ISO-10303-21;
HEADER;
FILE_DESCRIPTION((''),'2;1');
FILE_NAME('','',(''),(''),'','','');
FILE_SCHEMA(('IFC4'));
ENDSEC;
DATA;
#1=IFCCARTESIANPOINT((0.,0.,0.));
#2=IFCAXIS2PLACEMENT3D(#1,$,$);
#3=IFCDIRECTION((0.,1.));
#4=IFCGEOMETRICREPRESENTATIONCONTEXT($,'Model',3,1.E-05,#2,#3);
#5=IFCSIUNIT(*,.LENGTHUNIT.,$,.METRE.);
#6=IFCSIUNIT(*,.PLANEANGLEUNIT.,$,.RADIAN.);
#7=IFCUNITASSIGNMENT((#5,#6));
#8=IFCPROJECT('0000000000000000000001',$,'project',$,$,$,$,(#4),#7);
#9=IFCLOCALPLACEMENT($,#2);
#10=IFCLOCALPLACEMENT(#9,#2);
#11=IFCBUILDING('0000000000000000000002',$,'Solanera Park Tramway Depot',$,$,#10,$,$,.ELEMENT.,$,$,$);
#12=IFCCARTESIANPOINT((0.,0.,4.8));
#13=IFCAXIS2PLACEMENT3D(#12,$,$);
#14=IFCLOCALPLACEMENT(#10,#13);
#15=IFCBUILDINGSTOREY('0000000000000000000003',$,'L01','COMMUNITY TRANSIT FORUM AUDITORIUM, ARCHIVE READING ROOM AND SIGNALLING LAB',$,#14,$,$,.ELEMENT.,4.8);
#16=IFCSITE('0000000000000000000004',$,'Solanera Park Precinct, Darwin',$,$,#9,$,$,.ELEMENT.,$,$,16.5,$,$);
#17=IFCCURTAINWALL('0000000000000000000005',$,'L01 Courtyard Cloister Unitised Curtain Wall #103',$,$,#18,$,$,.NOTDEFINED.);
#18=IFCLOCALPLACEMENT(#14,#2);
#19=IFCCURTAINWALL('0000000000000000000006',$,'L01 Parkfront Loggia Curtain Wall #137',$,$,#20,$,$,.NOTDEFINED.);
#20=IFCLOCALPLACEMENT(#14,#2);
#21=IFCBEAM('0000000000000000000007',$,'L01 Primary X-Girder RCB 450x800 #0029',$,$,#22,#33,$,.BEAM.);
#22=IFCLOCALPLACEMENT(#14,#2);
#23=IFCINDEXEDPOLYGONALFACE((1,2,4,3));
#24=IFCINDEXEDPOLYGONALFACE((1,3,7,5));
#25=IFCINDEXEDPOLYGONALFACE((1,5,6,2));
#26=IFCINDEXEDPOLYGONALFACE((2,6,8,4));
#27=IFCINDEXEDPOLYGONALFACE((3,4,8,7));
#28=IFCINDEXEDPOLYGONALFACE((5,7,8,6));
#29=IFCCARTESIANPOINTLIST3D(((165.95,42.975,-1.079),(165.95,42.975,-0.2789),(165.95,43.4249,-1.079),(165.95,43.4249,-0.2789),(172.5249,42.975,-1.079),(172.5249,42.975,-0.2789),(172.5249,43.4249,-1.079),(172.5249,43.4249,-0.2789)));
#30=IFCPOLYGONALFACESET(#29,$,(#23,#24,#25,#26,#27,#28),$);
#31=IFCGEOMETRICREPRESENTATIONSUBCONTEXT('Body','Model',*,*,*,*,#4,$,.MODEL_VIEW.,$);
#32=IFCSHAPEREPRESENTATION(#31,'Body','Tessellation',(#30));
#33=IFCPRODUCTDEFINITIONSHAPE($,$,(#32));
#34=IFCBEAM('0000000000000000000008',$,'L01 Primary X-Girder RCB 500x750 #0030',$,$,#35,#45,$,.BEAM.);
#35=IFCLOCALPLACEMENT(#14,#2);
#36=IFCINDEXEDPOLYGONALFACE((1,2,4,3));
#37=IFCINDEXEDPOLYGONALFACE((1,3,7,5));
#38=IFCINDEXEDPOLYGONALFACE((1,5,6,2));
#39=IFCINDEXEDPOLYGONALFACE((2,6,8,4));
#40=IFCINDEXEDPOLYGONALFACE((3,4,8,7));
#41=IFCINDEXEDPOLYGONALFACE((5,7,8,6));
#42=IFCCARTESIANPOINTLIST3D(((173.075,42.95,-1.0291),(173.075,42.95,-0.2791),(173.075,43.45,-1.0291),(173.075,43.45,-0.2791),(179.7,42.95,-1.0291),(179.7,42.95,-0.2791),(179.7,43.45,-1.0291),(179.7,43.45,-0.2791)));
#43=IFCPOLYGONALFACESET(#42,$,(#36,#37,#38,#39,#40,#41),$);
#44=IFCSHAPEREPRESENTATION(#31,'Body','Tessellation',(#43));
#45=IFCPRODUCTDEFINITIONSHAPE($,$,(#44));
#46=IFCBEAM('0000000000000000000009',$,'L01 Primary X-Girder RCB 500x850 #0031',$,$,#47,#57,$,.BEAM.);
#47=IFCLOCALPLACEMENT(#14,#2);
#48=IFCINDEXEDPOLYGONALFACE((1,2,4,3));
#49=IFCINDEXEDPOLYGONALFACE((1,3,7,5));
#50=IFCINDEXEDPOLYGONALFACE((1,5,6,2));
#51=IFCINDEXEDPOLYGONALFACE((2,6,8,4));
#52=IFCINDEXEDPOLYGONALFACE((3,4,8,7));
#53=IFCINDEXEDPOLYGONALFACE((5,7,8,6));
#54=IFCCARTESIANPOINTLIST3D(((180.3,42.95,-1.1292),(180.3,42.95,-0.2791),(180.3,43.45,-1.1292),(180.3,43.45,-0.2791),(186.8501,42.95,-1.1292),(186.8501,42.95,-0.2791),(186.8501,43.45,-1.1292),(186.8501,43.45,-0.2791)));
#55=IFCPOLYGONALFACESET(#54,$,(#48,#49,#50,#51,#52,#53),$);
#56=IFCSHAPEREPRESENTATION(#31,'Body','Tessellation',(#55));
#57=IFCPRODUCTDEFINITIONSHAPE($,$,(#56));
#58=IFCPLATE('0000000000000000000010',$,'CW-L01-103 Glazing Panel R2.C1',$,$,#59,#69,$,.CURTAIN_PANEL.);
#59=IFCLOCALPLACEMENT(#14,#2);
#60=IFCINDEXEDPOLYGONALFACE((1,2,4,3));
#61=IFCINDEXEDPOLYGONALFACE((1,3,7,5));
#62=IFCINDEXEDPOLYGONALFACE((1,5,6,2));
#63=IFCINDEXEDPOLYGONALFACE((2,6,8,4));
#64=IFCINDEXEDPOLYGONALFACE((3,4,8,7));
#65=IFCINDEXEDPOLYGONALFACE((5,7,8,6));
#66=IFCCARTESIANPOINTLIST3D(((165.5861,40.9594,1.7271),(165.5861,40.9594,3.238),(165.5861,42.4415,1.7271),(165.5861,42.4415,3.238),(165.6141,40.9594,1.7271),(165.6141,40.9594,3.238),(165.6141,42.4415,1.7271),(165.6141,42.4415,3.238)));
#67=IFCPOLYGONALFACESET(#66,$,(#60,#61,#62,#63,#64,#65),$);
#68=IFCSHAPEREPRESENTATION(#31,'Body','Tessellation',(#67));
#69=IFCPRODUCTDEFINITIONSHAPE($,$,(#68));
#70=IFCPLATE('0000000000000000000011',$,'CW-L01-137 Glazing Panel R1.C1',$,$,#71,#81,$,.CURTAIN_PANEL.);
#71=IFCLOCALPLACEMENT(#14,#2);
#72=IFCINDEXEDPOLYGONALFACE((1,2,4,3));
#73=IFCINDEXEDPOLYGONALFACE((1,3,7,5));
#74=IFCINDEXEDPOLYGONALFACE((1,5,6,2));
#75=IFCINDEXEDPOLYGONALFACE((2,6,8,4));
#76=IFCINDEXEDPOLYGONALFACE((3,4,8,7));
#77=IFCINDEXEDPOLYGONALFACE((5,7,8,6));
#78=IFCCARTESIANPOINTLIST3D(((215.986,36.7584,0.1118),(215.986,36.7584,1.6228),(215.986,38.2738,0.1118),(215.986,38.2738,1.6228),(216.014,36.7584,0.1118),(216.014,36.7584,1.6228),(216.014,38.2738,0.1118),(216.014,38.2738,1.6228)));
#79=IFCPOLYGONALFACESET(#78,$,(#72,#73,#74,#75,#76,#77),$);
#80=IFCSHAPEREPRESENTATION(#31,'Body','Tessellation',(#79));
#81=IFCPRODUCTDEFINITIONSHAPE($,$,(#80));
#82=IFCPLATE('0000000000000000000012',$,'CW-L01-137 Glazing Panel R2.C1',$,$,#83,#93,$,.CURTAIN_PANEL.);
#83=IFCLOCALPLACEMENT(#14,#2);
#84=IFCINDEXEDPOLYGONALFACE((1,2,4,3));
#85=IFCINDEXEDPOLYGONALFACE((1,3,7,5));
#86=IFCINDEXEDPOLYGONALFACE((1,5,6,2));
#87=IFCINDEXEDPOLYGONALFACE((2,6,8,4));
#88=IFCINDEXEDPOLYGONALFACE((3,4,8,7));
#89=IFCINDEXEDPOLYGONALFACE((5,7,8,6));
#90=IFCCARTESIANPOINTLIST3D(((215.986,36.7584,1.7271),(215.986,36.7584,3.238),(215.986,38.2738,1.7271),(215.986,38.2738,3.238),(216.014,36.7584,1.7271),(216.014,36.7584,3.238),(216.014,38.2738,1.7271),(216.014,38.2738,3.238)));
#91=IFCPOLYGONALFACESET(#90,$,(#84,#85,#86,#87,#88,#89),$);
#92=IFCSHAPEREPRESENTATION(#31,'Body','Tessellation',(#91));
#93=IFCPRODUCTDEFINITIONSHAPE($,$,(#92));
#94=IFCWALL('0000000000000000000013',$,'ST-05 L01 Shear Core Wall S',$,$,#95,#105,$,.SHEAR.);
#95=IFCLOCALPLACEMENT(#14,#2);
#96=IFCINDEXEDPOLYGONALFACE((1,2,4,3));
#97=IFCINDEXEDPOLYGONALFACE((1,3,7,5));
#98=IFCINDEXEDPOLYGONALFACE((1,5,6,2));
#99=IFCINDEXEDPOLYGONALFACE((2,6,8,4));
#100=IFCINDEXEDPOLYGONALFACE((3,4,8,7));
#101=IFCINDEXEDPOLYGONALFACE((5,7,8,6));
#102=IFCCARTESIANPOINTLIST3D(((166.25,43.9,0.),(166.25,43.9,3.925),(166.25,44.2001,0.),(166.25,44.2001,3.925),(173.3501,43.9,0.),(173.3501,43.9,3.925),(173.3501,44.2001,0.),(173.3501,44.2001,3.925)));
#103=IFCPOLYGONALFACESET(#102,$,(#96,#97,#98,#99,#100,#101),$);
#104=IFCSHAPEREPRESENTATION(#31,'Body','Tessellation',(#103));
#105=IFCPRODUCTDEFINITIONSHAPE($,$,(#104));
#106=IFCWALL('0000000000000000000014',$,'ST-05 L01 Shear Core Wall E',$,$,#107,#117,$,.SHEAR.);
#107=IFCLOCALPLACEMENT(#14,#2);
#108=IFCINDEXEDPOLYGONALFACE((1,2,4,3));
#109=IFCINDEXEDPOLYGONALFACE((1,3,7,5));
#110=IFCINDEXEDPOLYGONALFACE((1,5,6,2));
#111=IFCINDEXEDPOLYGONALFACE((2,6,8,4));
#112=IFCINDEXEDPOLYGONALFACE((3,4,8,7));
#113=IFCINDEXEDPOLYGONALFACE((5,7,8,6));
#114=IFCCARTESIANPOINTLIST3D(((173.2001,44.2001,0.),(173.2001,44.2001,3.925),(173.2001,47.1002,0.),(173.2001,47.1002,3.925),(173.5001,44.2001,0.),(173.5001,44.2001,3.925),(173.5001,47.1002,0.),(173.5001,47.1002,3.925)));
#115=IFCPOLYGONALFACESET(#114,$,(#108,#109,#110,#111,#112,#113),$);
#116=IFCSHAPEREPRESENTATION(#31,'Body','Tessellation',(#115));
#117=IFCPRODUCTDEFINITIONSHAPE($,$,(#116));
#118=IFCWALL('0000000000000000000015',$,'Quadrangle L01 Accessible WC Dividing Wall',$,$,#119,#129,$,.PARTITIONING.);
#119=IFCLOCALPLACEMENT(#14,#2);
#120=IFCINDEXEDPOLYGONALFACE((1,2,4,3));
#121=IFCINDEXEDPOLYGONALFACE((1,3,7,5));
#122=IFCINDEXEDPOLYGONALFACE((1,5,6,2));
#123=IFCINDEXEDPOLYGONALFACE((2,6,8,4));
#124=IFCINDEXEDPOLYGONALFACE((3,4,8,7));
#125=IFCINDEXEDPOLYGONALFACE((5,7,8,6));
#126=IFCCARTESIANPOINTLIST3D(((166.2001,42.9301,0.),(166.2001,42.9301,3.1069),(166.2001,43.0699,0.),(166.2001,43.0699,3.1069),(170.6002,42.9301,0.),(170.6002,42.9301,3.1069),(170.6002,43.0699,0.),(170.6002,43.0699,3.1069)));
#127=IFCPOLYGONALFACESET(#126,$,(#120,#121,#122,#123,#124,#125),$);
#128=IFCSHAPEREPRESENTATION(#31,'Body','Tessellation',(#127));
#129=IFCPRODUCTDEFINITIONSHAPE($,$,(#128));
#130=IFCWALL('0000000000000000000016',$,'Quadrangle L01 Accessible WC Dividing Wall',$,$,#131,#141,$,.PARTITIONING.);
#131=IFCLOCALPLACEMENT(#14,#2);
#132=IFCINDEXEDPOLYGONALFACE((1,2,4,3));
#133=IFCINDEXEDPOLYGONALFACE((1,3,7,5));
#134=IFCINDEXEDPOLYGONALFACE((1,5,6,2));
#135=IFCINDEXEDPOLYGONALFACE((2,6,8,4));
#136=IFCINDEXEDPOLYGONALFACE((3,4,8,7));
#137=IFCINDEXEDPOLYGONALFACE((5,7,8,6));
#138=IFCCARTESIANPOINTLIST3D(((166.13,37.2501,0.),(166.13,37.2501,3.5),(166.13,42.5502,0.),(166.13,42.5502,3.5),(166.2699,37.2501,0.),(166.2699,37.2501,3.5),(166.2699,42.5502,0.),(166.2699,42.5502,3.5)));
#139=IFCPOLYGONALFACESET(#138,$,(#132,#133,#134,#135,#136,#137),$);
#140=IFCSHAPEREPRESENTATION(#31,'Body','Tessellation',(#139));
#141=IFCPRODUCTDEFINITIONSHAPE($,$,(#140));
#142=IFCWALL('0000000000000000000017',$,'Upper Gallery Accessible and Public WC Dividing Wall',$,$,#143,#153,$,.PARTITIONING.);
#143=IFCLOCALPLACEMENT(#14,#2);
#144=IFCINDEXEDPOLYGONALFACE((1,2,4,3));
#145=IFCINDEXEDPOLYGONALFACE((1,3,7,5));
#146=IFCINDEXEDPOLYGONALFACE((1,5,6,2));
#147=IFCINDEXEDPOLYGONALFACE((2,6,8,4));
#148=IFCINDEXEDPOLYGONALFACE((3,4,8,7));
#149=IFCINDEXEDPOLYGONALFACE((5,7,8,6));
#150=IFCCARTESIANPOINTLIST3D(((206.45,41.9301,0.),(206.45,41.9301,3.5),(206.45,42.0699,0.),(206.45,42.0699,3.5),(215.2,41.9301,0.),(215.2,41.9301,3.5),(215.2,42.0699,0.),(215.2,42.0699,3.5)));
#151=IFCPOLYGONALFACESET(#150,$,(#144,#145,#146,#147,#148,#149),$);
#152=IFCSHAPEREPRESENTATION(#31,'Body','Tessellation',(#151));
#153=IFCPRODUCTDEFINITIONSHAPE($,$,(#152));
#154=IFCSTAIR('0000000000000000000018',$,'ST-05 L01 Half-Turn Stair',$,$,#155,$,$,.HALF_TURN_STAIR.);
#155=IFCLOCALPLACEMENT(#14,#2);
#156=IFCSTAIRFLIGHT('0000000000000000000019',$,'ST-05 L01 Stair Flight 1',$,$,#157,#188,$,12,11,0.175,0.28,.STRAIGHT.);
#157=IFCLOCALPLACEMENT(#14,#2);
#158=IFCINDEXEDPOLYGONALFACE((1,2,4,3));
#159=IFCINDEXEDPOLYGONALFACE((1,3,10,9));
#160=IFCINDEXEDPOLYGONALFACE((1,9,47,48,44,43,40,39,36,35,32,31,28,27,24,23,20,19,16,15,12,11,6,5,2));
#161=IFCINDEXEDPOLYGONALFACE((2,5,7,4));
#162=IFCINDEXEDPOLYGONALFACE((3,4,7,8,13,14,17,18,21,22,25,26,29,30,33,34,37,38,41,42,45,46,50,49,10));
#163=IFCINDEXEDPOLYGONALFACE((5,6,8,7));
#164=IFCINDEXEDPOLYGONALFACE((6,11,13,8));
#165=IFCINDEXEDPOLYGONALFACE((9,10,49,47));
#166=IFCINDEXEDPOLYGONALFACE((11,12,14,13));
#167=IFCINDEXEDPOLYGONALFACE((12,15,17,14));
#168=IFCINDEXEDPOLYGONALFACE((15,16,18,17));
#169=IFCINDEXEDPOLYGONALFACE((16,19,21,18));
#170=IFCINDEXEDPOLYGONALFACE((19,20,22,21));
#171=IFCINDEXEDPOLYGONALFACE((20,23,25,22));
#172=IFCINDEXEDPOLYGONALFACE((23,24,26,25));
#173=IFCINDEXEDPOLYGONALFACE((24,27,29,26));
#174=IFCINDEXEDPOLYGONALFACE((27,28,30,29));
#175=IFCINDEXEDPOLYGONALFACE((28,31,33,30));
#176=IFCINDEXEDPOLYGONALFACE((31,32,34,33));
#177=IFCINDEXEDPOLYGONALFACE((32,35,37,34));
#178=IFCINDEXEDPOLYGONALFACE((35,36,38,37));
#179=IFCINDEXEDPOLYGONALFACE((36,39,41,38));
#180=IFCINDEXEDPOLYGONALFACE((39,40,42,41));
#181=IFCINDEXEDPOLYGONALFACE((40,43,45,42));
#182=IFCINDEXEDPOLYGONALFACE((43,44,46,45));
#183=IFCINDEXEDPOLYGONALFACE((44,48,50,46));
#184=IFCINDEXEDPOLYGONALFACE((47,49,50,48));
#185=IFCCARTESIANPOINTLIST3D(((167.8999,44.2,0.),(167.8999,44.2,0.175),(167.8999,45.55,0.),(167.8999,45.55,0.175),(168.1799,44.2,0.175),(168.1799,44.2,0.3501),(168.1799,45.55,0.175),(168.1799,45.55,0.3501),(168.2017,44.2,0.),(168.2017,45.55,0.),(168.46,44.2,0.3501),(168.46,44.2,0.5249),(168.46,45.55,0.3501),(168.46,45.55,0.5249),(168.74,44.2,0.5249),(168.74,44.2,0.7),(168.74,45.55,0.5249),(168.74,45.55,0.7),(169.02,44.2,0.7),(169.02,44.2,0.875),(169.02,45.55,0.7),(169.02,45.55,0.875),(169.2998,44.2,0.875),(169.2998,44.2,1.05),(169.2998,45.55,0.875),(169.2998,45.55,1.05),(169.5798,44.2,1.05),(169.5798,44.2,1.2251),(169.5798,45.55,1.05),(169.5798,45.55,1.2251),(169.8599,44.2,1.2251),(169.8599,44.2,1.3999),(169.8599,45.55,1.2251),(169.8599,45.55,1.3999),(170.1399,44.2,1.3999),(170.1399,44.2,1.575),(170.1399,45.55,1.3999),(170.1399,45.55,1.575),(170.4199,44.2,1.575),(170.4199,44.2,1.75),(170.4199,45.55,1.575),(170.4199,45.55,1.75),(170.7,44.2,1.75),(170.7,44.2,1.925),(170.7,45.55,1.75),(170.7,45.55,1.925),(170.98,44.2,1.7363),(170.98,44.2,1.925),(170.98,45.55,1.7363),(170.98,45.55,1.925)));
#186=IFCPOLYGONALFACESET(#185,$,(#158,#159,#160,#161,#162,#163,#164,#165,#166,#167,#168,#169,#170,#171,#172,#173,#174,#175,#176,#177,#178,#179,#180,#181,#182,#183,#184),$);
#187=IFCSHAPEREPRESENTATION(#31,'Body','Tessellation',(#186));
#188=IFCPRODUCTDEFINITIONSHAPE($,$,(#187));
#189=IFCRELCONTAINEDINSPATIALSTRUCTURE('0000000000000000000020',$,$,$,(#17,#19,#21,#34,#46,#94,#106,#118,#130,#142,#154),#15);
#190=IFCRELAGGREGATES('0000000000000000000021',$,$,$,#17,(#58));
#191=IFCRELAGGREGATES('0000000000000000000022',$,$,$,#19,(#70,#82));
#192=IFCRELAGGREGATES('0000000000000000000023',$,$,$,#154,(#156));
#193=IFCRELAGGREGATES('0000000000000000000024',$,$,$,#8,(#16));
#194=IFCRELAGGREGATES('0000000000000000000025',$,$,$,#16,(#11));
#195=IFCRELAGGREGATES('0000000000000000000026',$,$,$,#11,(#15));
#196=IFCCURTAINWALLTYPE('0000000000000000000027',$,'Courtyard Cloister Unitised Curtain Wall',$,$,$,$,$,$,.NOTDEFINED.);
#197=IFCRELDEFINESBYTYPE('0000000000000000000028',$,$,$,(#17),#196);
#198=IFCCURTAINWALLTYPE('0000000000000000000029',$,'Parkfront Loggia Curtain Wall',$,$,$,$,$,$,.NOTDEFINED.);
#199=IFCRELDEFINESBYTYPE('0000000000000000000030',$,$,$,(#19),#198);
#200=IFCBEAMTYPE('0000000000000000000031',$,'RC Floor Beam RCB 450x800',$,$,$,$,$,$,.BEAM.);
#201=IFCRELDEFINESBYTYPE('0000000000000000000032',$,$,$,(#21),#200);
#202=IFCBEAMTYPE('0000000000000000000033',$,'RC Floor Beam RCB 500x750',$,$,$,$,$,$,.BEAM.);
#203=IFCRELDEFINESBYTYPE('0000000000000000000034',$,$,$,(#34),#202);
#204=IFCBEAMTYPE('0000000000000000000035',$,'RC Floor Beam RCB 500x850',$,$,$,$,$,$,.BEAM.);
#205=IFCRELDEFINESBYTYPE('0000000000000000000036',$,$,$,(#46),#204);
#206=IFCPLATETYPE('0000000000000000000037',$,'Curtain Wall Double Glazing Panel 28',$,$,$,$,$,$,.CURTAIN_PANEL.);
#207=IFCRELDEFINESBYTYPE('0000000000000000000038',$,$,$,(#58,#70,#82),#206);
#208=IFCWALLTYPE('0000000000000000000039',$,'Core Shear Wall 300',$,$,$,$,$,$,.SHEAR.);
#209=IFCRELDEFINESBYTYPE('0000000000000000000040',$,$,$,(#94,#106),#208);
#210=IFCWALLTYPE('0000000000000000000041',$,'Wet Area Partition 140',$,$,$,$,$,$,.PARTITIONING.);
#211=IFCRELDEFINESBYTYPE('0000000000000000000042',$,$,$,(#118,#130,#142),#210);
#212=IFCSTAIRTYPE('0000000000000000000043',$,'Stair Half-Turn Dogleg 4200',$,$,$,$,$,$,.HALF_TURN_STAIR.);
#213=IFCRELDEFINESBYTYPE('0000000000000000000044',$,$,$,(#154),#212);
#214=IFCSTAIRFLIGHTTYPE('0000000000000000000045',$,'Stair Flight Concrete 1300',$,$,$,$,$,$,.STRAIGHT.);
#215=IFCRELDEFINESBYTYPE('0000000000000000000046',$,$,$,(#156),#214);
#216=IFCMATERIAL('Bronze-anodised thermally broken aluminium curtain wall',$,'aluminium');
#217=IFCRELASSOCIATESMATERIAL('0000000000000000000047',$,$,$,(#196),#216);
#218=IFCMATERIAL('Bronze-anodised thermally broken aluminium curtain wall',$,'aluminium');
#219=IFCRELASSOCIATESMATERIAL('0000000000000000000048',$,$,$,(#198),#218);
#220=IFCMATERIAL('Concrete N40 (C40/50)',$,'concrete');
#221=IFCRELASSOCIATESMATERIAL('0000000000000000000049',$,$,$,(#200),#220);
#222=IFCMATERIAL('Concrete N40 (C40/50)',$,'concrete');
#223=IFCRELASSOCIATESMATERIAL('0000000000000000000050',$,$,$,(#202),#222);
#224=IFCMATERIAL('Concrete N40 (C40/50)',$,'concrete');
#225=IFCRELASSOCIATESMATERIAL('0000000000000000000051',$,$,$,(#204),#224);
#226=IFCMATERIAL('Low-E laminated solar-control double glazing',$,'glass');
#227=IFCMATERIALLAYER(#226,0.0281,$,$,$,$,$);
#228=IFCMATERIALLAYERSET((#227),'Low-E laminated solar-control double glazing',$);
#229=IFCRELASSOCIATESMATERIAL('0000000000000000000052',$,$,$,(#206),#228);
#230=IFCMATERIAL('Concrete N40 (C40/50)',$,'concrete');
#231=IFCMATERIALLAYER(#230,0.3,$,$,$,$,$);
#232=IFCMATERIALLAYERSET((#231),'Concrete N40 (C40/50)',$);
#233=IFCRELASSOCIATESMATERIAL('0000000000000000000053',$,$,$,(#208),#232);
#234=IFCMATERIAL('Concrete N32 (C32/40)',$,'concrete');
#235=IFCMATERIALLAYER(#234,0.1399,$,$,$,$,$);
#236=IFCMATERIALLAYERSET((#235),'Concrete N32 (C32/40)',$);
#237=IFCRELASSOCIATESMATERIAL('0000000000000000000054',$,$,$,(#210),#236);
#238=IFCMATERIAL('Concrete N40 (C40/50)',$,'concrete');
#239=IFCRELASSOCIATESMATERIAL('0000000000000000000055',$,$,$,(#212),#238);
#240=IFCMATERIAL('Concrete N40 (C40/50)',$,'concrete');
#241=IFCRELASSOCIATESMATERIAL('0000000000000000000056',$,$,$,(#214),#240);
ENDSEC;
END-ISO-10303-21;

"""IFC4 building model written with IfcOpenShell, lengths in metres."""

from ifc_helpers import new_model, si_unit, direction, frame, frame_2d, origin, origin_2d, place, context, subcontext, project, spatial, polyline, rectangle, outline, extrude, material, layer, layer_set, material_profile, profile_set, type_object, element, aggregate, save


model = new_model("IFC4")

# Units and contexts
model_context = context("Model", 3, precision=1e-05, world=origin(), true_north=direction((0.0, 1.0)))
body_context = subcontext(model_context, "Body", "Model", "MODEL_VIEW")
ifc_project = project(units=[si_unit("LENGTHUNIT", "METRE"), si_unit("PLANEANGLEUNIT", "RADIAN")], contexts=[model_context])

# Site, building, storey
site_placement = place(None, origin())
site = spatial("IfcSite", under=ifc_project, at=site_placement, Name="Solanera Park Precinct, Darwin", CompositionType="ELEMENT", RefElevation=16.5)
building_placement = place(site_placement, origin())
building = spatial("IfcBuilding", under=site, at=building_placement, Name="Solanera Park Tramway Depot", CompositionType="ELEMENT")
storey_placement = place(building_placement, frame((0.0, 0.0, 4.8)))
storey = spatial("IfcBuildingStorey", under=building, at=storey_placement, Name="L01", Description="COMMUNITY TRANSIT FORUM AUDITORIUM, ARCHIVE READING ROOM AND SIGNALLING LAB", CompositionType="ELEMENT", Elevation=4.8)

# Curtain walls
ifc_material_1 = material(Name="Bronze-anodised thermally broken aluminium curtain wall", Category="aluminium")
curtain_wall_type_1 = type_object("IfcCurtainWallType", Name="Courtyard Cloister Unitised Curtain Wall", PredefinedType="NOTDEFINED", material=ifc_material_1)
curtain_wall_1_placement = place(storey_placement, origin())
curtain_wall_1 = element("IfcCurtainWall", 1, at=curtain_wall_1_placement, inside=storey, type_object=curtain_wall_type_1, Name="L01 Courtyard Cloister Unitised Curtain Wall #103", PredefinedType="NOTDEFINED")
ifc_material_2 = material(Name="Bronze-anodised thermally broken aluminium curtain wall", Category="aluminium")
curtain_wall_type_2 = type_object("IfcCurtainWallType", Name="Parkfront Loggia Curtain Wall", PredefinedType="NOTDEFINED", material=ifc_material_2)
curtain_wall_2_placement = place(storey_placement, origin())
curtain_wall_2 = element("IfcCurtainWall", 2, at=curtain_wall_2_placement, inside=storey, type_object=curtain_wall_type_2, Name="L01 Parkfront Loggia Curtain Wall #137", PredefinedType="NOTDEFINED")

# Beams
ifc_material_3 = material(Name="Concrete N40 (C40/50)", Category="concrete")
ifc_material_profile_1 = material_profile(ifc_material_3, rectangle(XDim=0.45, YDim=0.8, at=origin_2d()), Name="RCB 450x800")
ifc_profile_set_1 = profile_set([ifc_material_profile_1], Name="Concrete N40 (C40/50)")
beam_type_1 = type_object("IfcBeamType", Name="RC Floor Beam RCB 450x800", PredefinedType="BEAM", material=ifc_profile_set_1)
beam_1_placement = place(storey_placement, frame((165.95, 43.2, -0.679), z_axis=(1.0, 0.0, 0.0), x_axis=(0.0, 1.0, 0.0)))
element("IfcBeam", 3, at=beam_1_placement, inside=storey, type_object=beam_type_1, Name="L01 Primary X-Girder RCB 450x800 #0029", PredefinedType="BEAM", context=body_context, shape_type="SweptSolid", body=[
    extrude(rectangle(XDim=0.45, YDim=0.8, at=origin_2d()), origin(), (0.0, 0.0, 1.0), 6.575),
])
ifc_material_4 = material(Name="Concrete N40 (C40/50)", Category="concrete")
ifc_material_profile_2 = material_profile(ifc_material_4, rectangle(XDim=0.5, YDim=0.75, at=origin_2d()), Name="RCB 500x750")
ifc_profile_set_2 = profile_set([ifc_material_profile_2], Name="Concrete N40 (C40/50)")
beam_type_2 = type_object("IfcBeamType", Name="RC Floor Beam RCB 500x750", PredefinedType="BEAM", material=ifc_profile_set_2)
beam_2_placement = place(storey_placement, frame((173.075, 43.2, -0.6541), z_axis=(1.0, 0.0, 0.0), x_axis=(0.0, 1.0, 0.0)))
element("IfcBeam", 4, at=beam_2_placement, inside=storey, type_object=beam_type_2, Name="L01 Primary X-Girder RCB 500x750 #0030", PredefinedType="BEAM", context=body_context, shape_type="SweptSolid", body=[
    extrude(rectangle(XDim=0.5, YDim=0.75, at=origin_2d()), origin(), (0.0, 0.0, 1.0), 6.625),
])
ifc_material_5 = material(Name="Concrete N40 (C40/50)", Category="concrete")
ifc_material_profile_3 = material_profile(ifc_material_5, rectangle(XDim=0.5, YDim=0.8501, at=origin_2d()), Name="RCB 500x850")
ifc_profile_set_3 = profile_set([ifc_material_profile_3], Name="Concrete N40 (C40/50)")
beam_type_3 = type_object("IfcBeamType", Name="RC Floor Beam RCB 500x850", PredefinedType="BEAM", material=ifc_profile_set_3)
beam_3_placement = place(storey_placement, frame((180.3, 43.2, -0.7041), z_axis=(1.0, 0.0, 0.0), x_axis=(0.0, 1.0, 0.0)))
element("IfcBeam", 5, at=beam_3_placement, inside=storey, type_object=beam_type_3, Name="L01 Primary X-Girder RCB 500x850 #0031", PredefinedType="BEAM", context=body_context, shape_type="SweptSolid", body=[
    extrude(rectangle(XDim=0.5, YDim=0.8501, at=origin_2d()), origin(), (0.0, 0.0, 1.0), 6.55),
])

# Plates
ifc_material_6 = material(Name="Low-E laminated solar-control double glazing", Category="glass")
ifc_layer_1 = layer(ifc_material_6, 0.0281)
ifc_layer_set_1 = layer_set([ifc_layer_1], Name="Low-E laminated solar-control double glazing")
plate_type = type_object("IfcPlateType", Name="Curtain Wall Double Glazing Panel 28", PredefinedType="CURTAIN_PANEL", material=ifc_layer_set_1)
plate_1_placement = place(storey_placement, frame((165.6001, 41.7004, 1.7271), z_axis=(0.0, 0.0, 1.0), x_axis=(0.0, -1.0, 0.0)))
plate_1 = element("IfcPlate", 6, at=plate_1_placement, type_object=plate_type, Name="CW-L01-103 Glazing Panel R2.C1", PredefinedType="CURTAIN_PANEL", context=body_context, shape_type="SweptSolid", body=[
    extrude(rectangle(XDim=1.4822, YDim=0.0281, at=origin_2d()), origin(), (0.0, 0.0, 1.0), 1.511),
])
aggregate(curtain_wall_1, [plate_1])
plate_2_placement = place(storey_placement, frame((216.0, 37.5161, 0.1118), z_axis=(0.0, 0.0, 1.0), x_axis=(0.0, 1.0, 0.0)))
plate_2 = element("IfcPlate", 7, at=plate_2_placement, type_object=plate_type, Name="CW-L01-137 Glazing Panel R1.C1", PredefinedType="CURTAIN_PANEL", context=body_context, shape_type="SweptSolid", body=[
    extrude(rectangle(XDim=1.5154, YDim=0.0281, at=origin_2d()), origin(), (0.0, 0.0, 1.0), 1.511),
])
plate_3_placement = place(storey_placement, frame((216.0, 37.5161, 1.7271), z_axis=(0.0, 0.0, 1.0), x_axis=(0.0, 1.0, 0.0)))
plate_3 = element("IfcPlate", 8, at=plate_3_placement, type_object=plate_type, Name="CW-L01-137 Glazing Panel R2.C1", PredefinedType="CURTAIN_PANEL", context=body_context, shape_type="SweptSolid", body=[
    extrude(rectangle(XDim=1.5154, YDim=0.0281, at=origin_2d()), origin(), (0.0, 0.0, 1.0), 1.511),
])
aggregate(curtain_wall_2, [plate_2, plate_3])

# Walls
ifc_material_7 = material(Name="Concrete N40 (C40/50)", Category="concrete")
ifc_layer_2 = layer(ifc_material_7, 0.3)
ifc_layer_set_2 = layer_set([ifc_layer_2], Name="Concrete N40 (C40/50)")
wall_type_1 = type_object("IfcWallType", Name="Core Shear Wall 300", PredefinedType="SHEAR", material=ifc_layer_set_2)
wall_1_placement = place(storey_placement, frame((166.25, 44.05, 0.0), z_axis=(0.0, 0.0, 1.0), x_axis=(1.0, 0.0, 0.0)))
element("IfcWall", 9, at=wall_1_placement, inside=storey, type_object=wall_type_1, Name="ST-05 L01 Shear Core Wall S", PredefinedType="SHEAR", context=body_context, shape_type="SweptSolid", body=[
    extrude(rectangle(XDim=7.1001, YDim=0.3, at=frame_2d((3.55, 0.0))), origin(), (0.0, 0.0, 1.0), 3.925),
])
wall_2_placement = place(storey_placement, frame((173.3501, 44.2, 0.0), z_axis=(0.0, 0.0, 1.0), x_axis=(0.0, 1.0, 0.0)))
element("IfcWall", 10, at=wall_2_placement, inside=storey, type_object=wall_type_1, Name="ST-05 L01 Shear Core Wall E", PredefinedType="SHEAR", context=body_context, shape_type="SweptSolid", body=[
    extrude(rectangle(XDim=2.9001, YDim=0.3, at=frame_2d((1.4502, 0.0))), origin(), (0.0, 0.0, 1.0), 3.925),
])
ifc_material_8 = material(Name="Concrete N32 (C32/40)", Category="concrete")
ifc_layer_3 = layer(ifc_material_8, 0.1399)
ifc_layer_set_3 = layer_set([ifc_layer_3], Name="Concrete N32 (C32/40)")
wall_type_2 = type_object("IfcWallType", Name="Wet Area Partition 140", PredefinedType="PARTITIONING", material=ifc_layer_set_3)
wall_3_placement = place(storey_placement, frame((166.2, 43.0, 0.0), z_axis=(0.0, 0.0, 1.0), x_axis=(1.0, 0.0, 0.0)))
element("IfcWall", 11, at=wall_3_placement, inside=storey, type_object=wall_type_2, Name="Quadrangle L01 Accessible WC Dividing Wall", PredefinedType="PARTITIONING", context=body_context, shape_type="SweptSolid", body=[
    extrude(rectangle(XDim=4.4001, YDim=0.1399, at=frame_2d((2.2002, 0.0))), origin(), (0.0, 0.0, 1.0), 3.1069),
])
wall_4_placement = place(storey_placement, frame((166.2, 42.55, 0.0), z_axis=(0.0, 0.0, 1.0), x_axis=(0.0, -1.0, 0.0)))
element("IfcWall", 12, at=wall_4_placement, inside=storey, type_object=wall_type_2, Name="Quadrangle L01 Accessible WC Dividing Wall", PredefinedType="PARTITIONING", context=body_context, shape_type="SweptSolid", body=[
    extrude(rectangle(XDim=5.3, YDim=0.1399, at=frame_2d((2.6499, 0.0))), origin(), (0.0, 0.0, 1.0), 3.5),
])
wall_5_placement = place(storey_placement, frame((206.45, 42.0, 0.0), z_axis=(0.0, 0.0, 1.0), x_axis=(1.0, 0.0, 0.0)))
element("IfcWall", 13, at=wall_5_placement, inside=storey, type_object=wall_type_2, Name="Upper Gallery Accessible and Public WC Dividing Wall", PredefinedType="PARTITIONING", context=body_context, shape_type="SweptSolid", body=[
    extrude(rectangle(XDim=8.75, YDim=0.1399, at=frame_2d((4.375, 0.0))), origin(), (0.0, 0.0, 1.0), 3.5),
])

# Stair, stair flight
ifc_material_9 = material(Name="Concrete N40 (C40/50)", Category="concrete")
stair_type = type_object("IfcStairType", Name="Stair Half-Turn Dogleg 4200", PredefinedType="HALF_TURN_STAIR", material=ifc_material_9)
stair_placement = place(storey_placement, origin())
stair = element("IfcStair", 14, at=stair_placement, inside=storey, type_object=stair_type, Name="ST-05 L01 Half-Turn Stair", PredefinedType="HALF_TURN_STAIR")
ifc_material_10 = material(Name="Concrete N40 (C40/50)", Category="concrete")
stair_flight_type = type_object("IfcStairFlightType", Name="Stair Flight Concrete 1300", PredefinedType="STRAIGHT", material=ifc_material_10)
stair_flight_1_placement = place(storey_placement, frame((167.8999, 44.875, 0.0), z_axis=(0.0, 0.0, 1.0), x_axis=(1.0, 0.0, 0.0)))
stair_flight_1 = element("IfcStairFlight", 15, at=stair_flight_1_placement, type_object=stair_flight_type, Name="ST-05 L01 Stair Flight 1", NumberOfRisers=12, NumberOfTreads=11, PredefinedType="STRAIGHT", RiserHeight=0.175, TreadLength=0.28, context=body_context, shape_type="SweptSolid", body=[
    extrude(outline(polyline([(0.0, 0.0), (0.0, 0.175), (0.28, 0.175), (0.28, 0.3501), (0.5601, 0.3501), (0.5601, 0.5249), (0.8401, 0.5249), (0.8401, 0.7), (1.1201, 0.7), (1.1201, 0.875), (1.3999, 0.875), (1.3999, 1.05), (1.6799, 1.05), (1.6799, 1.2251), (1.96, 1.2251), (1.96, 1.3999), (2.24, 1.3999), (2.24, 1.575), (2.52, 1.575), (2.52, 1.75), (2.8, 1.75), (2.8, 1.925), (3.0801, 1.925), (3.0801, 2.1001), (3.0801, 1.7363), (0.3018, 0.0), (0.0, 0.0)])), frame((0.0, 0.675, 0.0), z_axis=(0.0, -1.0, 0.0), x_axis=(1.0, 0.0, 0.0)), (0.0, 0.0, 1.0), 1.3501),
])
aggregate(stair, [stair_flight_1])

save(model, "model.ifc")
